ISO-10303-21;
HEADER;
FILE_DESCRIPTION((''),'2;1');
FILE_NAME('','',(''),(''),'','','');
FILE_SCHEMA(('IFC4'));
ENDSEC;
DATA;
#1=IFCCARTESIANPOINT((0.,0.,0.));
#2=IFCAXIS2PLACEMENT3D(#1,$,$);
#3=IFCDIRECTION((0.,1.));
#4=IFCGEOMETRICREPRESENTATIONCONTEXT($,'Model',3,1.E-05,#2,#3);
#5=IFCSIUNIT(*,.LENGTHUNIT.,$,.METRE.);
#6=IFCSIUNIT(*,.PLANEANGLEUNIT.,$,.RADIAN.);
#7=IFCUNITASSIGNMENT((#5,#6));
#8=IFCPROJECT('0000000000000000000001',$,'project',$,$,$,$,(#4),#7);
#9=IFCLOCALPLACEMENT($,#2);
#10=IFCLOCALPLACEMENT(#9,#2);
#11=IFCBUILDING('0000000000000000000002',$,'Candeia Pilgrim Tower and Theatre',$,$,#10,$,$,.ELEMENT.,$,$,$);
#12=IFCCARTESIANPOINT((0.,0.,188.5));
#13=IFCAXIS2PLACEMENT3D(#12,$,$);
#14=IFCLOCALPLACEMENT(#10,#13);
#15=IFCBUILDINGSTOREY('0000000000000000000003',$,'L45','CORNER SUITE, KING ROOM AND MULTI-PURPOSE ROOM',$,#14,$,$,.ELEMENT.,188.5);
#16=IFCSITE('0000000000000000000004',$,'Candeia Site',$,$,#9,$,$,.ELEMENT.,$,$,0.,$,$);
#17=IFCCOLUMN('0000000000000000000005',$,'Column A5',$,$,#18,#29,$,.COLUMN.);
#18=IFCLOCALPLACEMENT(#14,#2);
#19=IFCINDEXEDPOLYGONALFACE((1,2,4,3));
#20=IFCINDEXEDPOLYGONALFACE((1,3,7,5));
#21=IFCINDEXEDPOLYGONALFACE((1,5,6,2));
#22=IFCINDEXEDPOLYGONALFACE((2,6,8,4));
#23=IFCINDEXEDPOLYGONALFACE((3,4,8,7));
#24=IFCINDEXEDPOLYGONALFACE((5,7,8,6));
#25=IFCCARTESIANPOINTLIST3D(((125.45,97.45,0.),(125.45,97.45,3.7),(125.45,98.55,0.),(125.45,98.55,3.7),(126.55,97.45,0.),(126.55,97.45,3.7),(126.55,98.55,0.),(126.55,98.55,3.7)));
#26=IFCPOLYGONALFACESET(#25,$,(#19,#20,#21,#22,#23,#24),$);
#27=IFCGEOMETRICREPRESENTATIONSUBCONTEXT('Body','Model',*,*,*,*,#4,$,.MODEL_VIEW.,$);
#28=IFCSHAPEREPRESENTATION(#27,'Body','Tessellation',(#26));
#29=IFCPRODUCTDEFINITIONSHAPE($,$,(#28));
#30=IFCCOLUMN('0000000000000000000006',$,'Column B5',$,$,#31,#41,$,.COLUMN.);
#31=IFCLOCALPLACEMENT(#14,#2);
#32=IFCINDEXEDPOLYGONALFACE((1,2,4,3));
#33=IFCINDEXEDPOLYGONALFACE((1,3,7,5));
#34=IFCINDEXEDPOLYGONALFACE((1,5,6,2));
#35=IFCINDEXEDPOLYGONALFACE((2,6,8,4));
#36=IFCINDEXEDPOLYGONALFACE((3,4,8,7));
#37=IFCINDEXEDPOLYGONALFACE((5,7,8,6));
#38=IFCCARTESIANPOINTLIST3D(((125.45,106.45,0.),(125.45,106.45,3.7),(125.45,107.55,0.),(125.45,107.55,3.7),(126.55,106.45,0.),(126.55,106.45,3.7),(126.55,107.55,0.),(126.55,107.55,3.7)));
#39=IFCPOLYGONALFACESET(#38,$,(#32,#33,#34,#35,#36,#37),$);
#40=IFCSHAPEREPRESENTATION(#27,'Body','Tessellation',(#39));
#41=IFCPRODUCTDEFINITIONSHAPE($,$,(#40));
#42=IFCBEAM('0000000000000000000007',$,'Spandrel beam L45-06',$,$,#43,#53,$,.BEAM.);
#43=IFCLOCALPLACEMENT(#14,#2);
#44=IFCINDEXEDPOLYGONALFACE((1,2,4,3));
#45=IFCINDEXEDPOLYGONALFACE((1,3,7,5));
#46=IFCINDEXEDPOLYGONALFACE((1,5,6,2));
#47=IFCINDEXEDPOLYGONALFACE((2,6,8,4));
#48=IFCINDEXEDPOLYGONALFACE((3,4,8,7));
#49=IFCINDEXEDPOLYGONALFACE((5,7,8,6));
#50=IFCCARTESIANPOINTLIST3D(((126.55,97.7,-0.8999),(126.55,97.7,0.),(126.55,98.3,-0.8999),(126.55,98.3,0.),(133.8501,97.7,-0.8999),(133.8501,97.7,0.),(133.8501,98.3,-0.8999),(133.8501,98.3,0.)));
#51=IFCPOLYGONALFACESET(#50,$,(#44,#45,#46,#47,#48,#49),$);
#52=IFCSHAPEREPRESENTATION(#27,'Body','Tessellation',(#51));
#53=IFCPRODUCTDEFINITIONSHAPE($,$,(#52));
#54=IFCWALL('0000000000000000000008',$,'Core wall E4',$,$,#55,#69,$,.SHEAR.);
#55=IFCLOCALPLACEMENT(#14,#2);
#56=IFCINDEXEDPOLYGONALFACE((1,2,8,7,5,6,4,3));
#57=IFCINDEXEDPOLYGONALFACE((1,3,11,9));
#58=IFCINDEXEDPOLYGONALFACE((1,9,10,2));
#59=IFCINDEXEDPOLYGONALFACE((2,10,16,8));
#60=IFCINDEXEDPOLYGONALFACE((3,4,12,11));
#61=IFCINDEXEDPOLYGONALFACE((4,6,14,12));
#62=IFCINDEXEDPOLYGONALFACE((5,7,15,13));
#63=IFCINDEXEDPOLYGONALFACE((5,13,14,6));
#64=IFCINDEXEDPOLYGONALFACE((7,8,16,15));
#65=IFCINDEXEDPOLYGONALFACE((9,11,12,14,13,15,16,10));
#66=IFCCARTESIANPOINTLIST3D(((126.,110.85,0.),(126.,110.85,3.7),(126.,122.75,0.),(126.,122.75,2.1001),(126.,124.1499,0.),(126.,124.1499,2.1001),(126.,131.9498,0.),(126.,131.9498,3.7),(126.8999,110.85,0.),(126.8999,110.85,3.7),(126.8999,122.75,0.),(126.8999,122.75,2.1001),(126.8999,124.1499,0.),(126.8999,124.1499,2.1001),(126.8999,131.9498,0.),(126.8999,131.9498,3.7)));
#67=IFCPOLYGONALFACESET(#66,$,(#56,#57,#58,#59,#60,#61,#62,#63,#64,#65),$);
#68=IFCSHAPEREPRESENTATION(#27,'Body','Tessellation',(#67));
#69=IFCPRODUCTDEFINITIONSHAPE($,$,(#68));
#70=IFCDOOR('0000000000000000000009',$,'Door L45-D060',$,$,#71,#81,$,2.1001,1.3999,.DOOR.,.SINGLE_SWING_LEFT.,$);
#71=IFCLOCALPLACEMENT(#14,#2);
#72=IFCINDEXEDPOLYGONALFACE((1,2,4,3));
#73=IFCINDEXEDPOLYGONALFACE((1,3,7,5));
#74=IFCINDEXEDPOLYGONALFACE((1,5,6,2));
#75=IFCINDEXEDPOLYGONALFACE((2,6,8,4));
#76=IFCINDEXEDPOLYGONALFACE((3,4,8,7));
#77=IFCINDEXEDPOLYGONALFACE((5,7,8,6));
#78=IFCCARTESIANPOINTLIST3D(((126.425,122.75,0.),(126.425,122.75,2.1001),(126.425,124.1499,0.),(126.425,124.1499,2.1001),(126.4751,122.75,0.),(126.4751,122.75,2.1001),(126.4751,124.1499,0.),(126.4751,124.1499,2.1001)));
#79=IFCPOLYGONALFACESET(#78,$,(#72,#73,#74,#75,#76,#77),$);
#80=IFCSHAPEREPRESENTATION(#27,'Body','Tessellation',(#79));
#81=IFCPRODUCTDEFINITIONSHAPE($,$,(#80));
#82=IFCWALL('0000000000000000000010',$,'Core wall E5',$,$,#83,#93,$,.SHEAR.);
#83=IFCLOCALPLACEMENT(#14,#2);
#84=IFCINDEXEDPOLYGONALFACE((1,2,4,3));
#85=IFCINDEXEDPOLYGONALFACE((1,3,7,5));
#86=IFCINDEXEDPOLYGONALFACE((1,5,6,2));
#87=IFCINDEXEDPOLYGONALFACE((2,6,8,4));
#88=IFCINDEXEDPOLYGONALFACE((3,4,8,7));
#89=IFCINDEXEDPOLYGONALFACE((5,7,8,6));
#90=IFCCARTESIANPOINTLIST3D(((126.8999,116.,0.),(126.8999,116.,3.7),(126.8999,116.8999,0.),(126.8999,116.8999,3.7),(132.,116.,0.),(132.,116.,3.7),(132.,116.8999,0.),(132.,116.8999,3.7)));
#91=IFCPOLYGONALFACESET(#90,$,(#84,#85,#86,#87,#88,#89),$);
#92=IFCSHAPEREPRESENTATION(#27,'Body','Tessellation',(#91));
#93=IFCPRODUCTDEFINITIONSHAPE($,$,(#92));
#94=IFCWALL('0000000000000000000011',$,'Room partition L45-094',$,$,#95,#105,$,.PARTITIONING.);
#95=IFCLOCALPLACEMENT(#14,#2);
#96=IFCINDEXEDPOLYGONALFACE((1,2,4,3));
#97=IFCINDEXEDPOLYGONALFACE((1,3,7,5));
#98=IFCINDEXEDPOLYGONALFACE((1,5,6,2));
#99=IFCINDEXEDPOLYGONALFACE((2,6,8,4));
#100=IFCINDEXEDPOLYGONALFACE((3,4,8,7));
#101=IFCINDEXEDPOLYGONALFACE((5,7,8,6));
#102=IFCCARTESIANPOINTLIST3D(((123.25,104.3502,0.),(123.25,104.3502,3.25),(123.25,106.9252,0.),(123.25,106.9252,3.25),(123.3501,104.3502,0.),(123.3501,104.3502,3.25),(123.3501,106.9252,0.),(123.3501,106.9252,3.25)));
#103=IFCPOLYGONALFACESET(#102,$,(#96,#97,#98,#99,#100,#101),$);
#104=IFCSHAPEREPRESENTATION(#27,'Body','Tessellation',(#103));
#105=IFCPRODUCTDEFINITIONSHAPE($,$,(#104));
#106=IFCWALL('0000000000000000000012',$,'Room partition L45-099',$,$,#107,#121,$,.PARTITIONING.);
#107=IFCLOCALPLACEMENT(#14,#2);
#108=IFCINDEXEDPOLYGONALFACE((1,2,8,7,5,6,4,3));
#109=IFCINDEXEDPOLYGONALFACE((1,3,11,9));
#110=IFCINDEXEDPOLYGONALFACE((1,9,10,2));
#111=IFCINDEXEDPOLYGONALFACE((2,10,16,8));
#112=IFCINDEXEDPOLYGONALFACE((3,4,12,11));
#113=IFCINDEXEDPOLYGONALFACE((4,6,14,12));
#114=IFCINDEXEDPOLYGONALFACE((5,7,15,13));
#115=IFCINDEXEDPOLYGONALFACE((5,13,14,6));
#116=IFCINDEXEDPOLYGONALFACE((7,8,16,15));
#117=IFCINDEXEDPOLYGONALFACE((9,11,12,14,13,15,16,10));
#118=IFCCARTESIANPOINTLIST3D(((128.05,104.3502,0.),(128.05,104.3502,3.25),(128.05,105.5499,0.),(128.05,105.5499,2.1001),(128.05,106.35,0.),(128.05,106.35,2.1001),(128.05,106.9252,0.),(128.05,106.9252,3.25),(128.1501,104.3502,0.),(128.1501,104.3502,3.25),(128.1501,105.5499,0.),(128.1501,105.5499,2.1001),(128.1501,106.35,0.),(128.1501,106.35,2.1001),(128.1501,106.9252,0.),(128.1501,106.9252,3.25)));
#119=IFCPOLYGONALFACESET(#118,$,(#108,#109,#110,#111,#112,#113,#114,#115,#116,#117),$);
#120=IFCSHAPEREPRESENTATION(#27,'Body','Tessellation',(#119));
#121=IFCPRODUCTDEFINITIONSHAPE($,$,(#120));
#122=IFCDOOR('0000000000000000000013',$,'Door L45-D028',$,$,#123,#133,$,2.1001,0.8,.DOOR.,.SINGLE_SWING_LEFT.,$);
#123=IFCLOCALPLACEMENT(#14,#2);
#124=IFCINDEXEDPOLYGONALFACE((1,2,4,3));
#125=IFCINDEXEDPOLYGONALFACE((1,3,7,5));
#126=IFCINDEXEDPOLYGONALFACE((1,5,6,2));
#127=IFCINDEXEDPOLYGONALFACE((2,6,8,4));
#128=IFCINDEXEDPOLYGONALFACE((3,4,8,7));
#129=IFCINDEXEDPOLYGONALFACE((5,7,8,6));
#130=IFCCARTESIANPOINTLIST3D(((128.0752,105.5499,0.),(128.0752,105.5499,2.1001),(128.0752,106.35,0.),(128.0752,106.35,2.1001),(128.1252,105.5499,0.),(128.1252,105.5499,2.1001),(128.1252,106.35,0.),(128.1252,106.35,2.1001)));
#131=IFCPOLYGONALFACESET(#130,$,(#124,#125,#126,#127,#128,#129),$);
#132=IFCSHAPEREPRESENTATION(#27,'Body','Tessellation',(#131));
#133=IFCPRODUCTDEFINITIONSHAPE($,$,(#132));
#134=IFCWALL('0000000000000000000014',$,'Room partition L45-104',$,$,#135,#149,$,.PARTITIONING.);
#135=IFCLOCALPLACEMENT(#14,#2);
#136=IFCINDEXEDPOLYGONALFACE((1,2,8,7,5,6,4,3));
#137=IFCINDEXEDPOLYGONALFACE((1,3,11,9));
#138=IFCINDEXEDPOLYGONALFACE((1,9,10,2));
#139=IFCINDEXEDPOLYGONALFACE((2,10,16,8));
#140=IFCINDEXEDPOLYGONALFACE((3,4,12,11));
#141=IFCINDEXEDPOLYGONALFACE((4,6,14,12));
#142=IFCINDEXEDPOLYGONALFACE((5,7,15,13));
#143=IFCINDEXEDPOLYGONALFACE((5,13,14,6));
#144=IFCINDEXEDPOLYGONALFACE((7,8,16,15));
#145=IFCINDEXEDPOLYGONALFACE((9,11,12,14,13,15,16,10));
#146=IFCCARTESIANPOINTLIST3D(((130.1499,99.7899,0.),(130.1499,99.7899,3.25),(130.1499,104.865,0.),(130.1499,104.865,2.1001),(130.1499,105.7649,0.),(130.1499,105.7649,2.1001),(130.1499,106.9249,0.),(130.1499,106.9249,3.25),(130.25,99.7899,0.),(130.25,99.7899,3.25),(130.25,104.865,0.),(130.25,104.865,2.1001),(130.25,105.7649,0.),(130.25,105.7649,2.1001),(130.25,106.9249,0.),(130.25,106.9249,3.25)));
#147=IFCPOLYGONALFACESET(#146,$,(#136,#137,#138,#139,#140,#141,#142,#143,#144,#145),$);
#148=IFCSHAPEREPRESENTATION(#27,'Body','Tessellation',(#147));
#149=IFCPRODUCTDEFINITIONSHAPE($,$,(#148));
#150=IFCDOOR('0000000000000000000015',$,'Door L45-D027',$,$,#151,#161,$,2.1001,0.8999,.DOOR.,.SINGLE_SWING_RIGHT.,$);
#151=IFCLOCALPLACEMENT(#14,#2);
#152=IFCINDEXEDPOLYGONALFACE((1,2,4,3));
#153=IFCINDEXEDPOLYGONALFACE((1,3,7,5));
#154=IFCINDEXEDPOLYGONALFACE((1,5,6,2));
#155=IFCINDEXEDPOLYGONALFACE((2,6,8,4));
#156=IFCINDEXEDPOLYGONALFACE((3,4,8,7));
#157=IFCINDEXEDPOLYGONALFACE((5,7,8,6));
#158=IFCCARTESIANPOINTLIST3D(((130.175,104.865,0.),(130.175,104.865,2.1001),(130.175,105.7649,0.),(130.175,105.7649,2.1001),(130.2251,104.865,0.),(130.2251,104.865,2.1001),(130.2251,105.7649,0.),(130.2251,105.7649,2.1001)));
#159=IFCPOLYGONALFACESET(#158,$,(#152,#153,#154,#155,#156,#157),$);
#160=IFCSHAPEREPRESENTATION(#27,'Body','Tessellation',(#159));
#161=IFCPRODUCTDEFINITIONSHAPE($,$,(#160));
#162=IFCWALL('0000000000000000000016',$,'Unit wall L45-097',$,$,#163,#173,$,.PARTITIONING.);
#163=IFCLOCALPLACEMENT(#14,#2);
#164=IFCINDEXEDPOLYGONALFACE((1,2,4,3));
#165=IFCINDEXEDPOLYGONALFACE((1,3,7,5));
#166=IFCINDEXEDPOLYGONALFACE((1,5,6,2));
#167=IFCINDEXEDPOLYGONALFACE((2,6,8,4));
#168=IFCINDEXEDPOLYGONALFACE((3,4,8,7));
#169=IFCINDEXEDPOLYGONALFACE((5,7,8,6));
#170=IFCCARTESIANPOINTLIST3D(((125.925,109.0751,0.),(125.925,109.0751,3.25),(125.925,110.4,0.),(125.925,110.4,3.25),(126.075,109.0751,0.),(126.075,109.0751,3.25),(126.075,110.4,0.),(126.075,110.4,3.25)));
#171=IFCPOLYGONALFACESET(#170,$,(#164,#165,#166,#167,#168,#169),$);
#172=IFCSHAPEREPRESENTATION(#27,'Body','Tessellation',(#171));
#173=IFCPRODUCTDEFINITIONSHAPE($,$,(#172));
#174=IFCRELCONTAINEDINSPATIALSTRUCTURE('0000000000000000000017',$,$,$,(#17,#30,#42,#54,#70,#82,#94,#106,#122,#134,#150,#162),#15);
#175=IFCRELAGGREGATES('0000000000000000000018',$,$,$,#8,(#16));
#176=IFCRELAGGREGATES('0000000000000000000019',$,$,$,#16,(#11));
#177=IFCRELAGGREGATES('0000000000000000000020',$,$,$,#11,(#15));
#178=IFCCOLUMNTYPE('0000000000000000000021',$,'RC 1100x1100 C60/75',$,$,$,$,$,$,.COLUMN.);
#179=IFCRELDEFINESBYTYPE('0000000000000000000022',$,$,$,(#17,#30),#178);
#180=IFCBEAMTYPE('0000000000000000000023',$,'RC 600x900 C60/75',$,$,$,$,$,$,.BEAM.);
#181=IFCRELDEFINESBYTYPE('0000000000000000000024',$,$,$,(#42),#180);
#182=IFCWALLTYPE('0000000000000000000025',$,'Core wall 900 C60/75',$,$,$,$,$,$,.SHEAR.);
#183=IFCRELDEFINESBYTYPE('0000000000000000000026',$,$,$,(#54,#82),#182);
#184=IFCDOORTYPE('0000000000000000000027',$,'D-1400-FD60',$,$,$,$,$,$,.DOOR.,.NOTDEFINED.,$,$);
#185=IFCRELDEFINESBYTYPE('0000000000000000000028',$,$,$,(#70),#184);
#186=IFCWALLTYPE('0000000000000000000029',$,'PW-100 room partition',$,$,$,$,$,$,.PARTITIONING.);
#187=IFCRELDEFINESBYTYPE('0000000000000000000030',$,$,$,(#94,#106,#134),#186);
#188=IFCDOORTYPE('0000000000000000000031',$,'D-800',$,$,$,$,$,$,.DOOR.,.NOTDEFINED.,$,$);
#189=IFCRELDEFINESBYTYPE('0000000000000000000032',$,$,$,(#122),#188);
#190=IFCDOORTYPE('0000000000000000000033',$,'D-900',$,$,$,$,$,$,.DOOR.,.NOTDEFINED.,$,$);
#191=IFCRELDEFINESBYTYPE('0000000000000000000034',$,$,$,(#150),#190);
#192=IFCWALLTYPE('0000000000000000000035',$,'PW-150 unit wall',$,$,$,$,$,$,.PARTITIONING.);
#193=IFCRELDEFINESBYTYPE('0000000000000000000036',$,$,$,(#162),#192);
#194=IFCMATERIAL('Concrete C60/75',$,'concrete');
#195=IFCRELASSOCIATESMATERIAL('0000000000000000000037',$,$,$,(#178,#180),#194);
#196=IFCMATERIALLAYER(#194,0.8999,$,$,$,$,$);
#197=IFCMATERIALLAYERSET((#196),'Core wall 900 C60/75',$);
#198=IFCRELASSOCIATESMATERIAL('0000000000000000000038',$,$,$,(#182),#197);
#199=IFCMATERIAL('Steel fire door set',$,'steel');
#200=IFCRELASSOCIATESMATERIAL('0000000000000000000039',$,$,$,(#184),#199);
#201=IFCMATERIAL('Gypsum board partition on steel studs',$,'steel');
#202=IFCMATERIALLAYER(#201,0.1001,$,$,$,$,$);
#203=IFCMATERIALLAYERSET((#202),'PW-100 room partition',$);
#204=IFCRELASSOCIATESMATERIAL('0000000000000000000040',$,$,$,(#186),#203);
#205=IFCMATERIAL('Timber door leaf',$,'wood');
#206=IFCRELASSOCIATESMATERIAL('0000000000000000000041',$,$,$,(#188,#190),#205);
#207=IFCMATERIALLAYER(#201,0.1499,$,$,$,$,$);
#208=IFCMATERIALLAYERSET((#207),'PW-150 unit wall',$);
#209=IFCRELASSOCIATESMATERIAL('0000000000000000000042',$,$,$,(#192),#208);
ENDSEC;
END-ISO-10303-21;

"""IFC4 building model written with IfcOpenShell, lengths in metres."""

from ifc_helpers import new_model, si_unit, direction, frame, frame_2d, origin, origin_2d, place, context, subcontext, project, spatial, rectangle, extrude, material, layer, layer_set, material_profile, profile_set, type_object, element, fill, save


model = new_model("IFC4")

# Units and contexts
model_context = context("Model", 3, precision=1e-05, world=origin(), true_north=direction((0.0, 1.0)))
body_context = subcontext(model_context, "Body", "Model", "MODEL_VIEW")
ifc_project = project(units=[si_unit("LENGTHUNIT", "METRE"), si_unit("PLANEANGLEUNIT", "RADIAN")], contexts=[model_context])

# Site, building, storey
site_placement = place(None, origin())
site = spatial("IfcSite", under=ifc_project, at=site_placement, Name="Candeia Site", CompositionType="ELEMENT", RefElevation=0.0)
building_placement = place(site_placement, origin())
building = spatial("IfcBuilding", under=site, at=building_placement, Name="Candeia Pilgrim Tower and Theatre", CompositionType="ELEMENT")
storey_placement = place(building_placement, frame((0.0, 0.0, 188.5)))
storey = spatial("IfcBuildingStorey", under=building, at=storey_placement, Name="L45", Description="CORNER SUITE, KING ROOM AND MULTI-PURPOSE ROOM", CompositionType="ELEMENT", Elevation=188.5)

# Columns
ifc_material_1 = material(Name="Concrete C60/75", Category="concrete")
ifc_material_profile_1 = material_profile(ifc_material_1, rectangle(XDim=1.1001, YDim=1.1001, at=origin_2d()))
ifc_profile_set_1 = profile_set([ifc_material_profile_1], Name="Concrete C60/75")
column_type = type_object("IfcColumnType", Name="RC 1100x1100 C60/75", PredefinedType="COLUMN", material=ifc_profile_set_1)
for number, where, z_axis, x_axis, name in (
    (1, (126.0, 98.0, 0.0), (0.0, 0.0, 1.0), (1.0, 0.0, 0.0), "Column A5"),
    (2, (126.0, 107.0, 0.0), (0.0, 0.0, 1.0), (1.0, 0.0, 0.0), "Column B5"),
):
    element("IfcColumn", number, at=place(storey_placement, frame(where, z_axis=z_axis, x_axis=x_axis)), inside=storey, type_object=column_type, Name=name, PredefinedType="COLUMN", context=body_context, shape_type="SweptSolid", body=[
        extrude(rectangle(XDim=1.1001, YDim=1.1001, at=origin_2d()), origin(), (0.0, 0.0, 1.0), 3.7),
    ])

# Beam
ifc_material_profile_2 = material_profile(ifc_material_1, rectangle(XDim=0.6001, YDim=0.8999, at=origin_2d()))
ifc_profile_set_2 = profile_set([ifc_material_profile_2], Name="Concrete C60/75")
beam_type = type_object("IfcBeamType", Name="RC 600x900 C60/75", PredefinedType="BEAM", material=ifc_profile_set_2)
beam_placement = place(storey_placement, frame((126.55, 98.0, -0.45), z_axis=(1.0, 0.0, 0.0), x_axis=(0.0, 1.0, 0.0)))
element("IfcBeam", 3, at=beam_placement, inside=storey, type_object=beam_type, Name="Spandrel beam L45-06", PredefinedType="BEAM", context=body_context, shape_type="SweptSolid", body=[
    extrude(rectangle(XDim=0.6001, YDim=0.8999, at=origin_2d()), origin(), (0.0, 0.0, 1.0), 7.3),
])

# Wall, opening, door
ifc_layer_1 = layer(ifc_material_1, 0.8999)
ifc_layer_set_1 = layer_set([ifc_layer_1], Name="Core wall 900 C60/75")
wall_type_1 = type_object("IfcWallType", Name="Core wall 900 C60/75", PredefinedType="SHEAR", material=ifc_layer_set_1)
wall_1_placement = place(storey_placement, frame((126.45, 110.8501, 0.0), z_axis=(0.0, 0.0, 1.0), x_axis=(0.0, 1.0, 0.0)))
wall_1 = element("IfcWall", 4, at=wall_1_placement, inside=storey, type_object=wall_type_1, Name="Core wall E4", PredefinedType="SHEAR", context=body_context, shape_type="SweptSolid", body=[
    extrude(rectangle(XDim=21.0999, YDim=0.8999, at=frame_2d((10.5498, 0.0))), origin(), (0.0, 0.0, 1.0), 3.7),
])
opening_1_placement = place(wall_1_placement, frame((11.8999, 0.0, 0.0)))
opening_1 = element("IfcOpeningElement", 5, at=opening_1_placement, cuts=wall_1, PredefinedType="OPENING", context=body_context, shape_type="SweptSolid", body=[
    extrude(rectangle(XDim=1.3999, YDim=2.1001, at=frame_2d((0.7, 1.05))), frame((0.0, 0.46, 0.0), z_axis=(0.0, -1.0, 0.0), x_axis=(1.0, 0.0, 0.0)), (0.0, 0.0, 1.0), 0.9199),
])
ifc_material_2 = material(Name="Steel fire door set", Category="steel")
door_type_1 = type_object("IfcDoorType", Name="D-1400-FD60", OperationType="NOTDEFINED", PredefinedType="DOOR", material=ifc_material_2)
door_1_placement = place(opening_1_placement, origin())
door_1 = element("IfcDoor", 6, at=door_1_placement, inside=storey, type_object=door_type_1, Name="Door L45-D060", OperationType="SINGLE_SWING_LEFT", OverallHeight=2.1001, OverallWidth=1.3999, PredefinedType="DOOR", context=body_context, shape_type="SweptSolid", body=[
    extrude(rectangle(XDim=1.3999, YDim=2.1001, at=frame_2d((0.7, 1.05))), frame((0.0, 0.0249, 0.0), z_axis=(0.0, -1.0, 0.0), x_axis=(1.0, 0.0, 0.0)), (0.0, 0.0, 1.0), 0.05),
])
fill(opening_1, door_1)

# Walls
wall_2_placement = place(storey_placement, frame((126.8999, 116.45, 0.0), z_axis=(0.0, 0.0, 1.0), x_axis=(1.0, 0.0, 0.0)))
element("IfcWall", 7, at=wall_2_placement, inside=storey, type_object=wall_type_1, Name="Core wall E5", PredefinedType="SHEAR", context=body_context, shape_type="SweptSolid", body=[
    extrude(rectangle(XDim=5.1001, YDim=0.8999, at=frame_2d((2.55, 0.0))), origin(), (0.0, 0.0, 1.0), 3.7),
])
ifc_material_3 = material(Name="Gypsum board partition on steel studs", Category="steel")
ifc_layer_2 = layer(ifc_material_3, 0.1001)
ifc_layer_set_2 = layer_set([ifc_layer_2], Name="PW-100 room partition")
wall_type_2 = type_object("IfcWallType", Name="PW-100 room partition", PredefinedType="PARTITIONING", material=ifc_layer_set_2)
wall_3_placement = place(storey_placement, frame((123.3, 104.3501, 0.0), z_axis=(0.0, 0.0, 1.0), x_axis=(0.0, 1.0, 0.0)))
element("IfcWall", 8, at=wall_3_placement, inside=storey, type_object=wall_type_2, Name="Room partition L45-094", PredefinedType="PARTITIONING", context=body_context, shape_type="SweptSolid", body=[
    extrude(rectangle(XDim=2.575, YDim=0.1001, at=frame_2d((1.2876, 0.0))), origin(), (0.0, 0.0, 1.0), 3.25),
])

# Walls, openings, doors
wall_4_placement = place(storey_placement, frame((128.1001, 104.3501, 0.0), z_axis=(0.0, 0.0, 1.0), x_axis=(0.0, 1.0, 0.0)))
wall_4 = element("IfcWall", 9, at=wall_4_placement, inside=storey, type_object=wall_type_2, Name="Room partition L45-099", PredefinedType="PARTITIONING", context=body_context, shape_type="SweptSolid", body=[
    extrude(rectangle(XDim=2.575, YDim=0.1001, at=frame_2d((1.2876, 0.0))), origin(), (0.0, 0.0, 1.0), 3.25),
])
opening_2_placement = place(wall_4_placement, frame((1.2, 0.0, 0.0)))
opening_2 = element("IfcOpeningElement", 10, at=opening_2_placement, cuts=wall_4, PredefinedType="OPENING", context=body_context, shape_type="SweptSolid", body=[
    extrude(rectangle(XDim=0.8, YDim=2.1001, at=frame_2d((0.3999, 1.05))), frame((0.0, 0.0601, 0.0), z_axis=(0.0, -1.0, 0.0), x_axis=(1.0, 0.0, 0.0)), (0.0, 0.0, 1.0), 0.1201),
])
ifc_material_4 = material(Name="Timber door leaf", Category="wood")
door_type_2 = type_object("IfcDoorType", Name="D-800", OperationType="NOTDEFINED", PredefinedType="DOOR", material=ifc_material_4)
door_2_placement = place(opening_2_placement, origin())
door_2 = element("IfcDoor", 11, at=door_2_placement, inside=storey, type_object=door_type_2, Name="Door L45-D028", OperationType="SINGLE_SWING_LEFT", OverallHeight=2.1001, OverallWidth=0.8, PredefinedType="DOOR", context=body_context, shape_type="SweptSolid", body=[
    extrude(rectangle(XDim=0.8, YDim=2.1001, at=frame_2d((0.3999, 1.05))), frame((0.0, 0.0249, 0.0), z_axis=(0.0, -1.0, 0.0), x_axis=(1.0, 0.0, 0.0)), (0.0, 0.0, 1.0), 0.05),
])
fill(opening_2, door_2)
wall_5_placement = place(storey_placement, frame((130.2, 99.79, 0.0), z_axis=(0.0, 0.0, 1.0), x_axis=(0.0, 1.0, 0.0)))
wall_5 = element("IfcWall", 12, at=wall_5_placement, inside=storey, type_object=wall_type_2, Name="Room partition L45-104", PredefinedType="PARTITIONING", context=body_context, shape_type="SweptSolid", body=[
    extrude(rectangle(XDim=7.135, YDim=0.1001, at=frame_2d((3.5674, 0.0))), origin(), (0.0, 0.0, 1.0), 3.25),
])
opening_3_placement = place(wall_5_placement, frame((5.075, 0.0, 0.0)))
opening_3 = element("IfcOpeningElement", 13, at=opening_3_placement, cuts=wall_5, PredefinedType="OPENING", context=body_context, shape_type="SweptSolid", body=[
    extrude(rectangle(XDim=0.8999, YDim=2.1001, at=frame_2d((0.45, 1.05))), frame((0.0, 0.0601, 0.0), z_axis=(0.0, -1.0, 0.0), x_axis=(1.0, 0.0, 0.0)), (0.0, 0.0, 1.0), 0.1201),
])
door_type_3 = type_object("IfcDoorType", Name="D-900", OperationType="NOTDEFINED", PredefinedType="DOOR", material=ifc_material_4)
door_3_placement = place(opening_3_placement, origin())
door_3 = element("IfcDoor", 14, at=door_3_placement, inside=storey, type_object=door_type_3, Name="Door L45-D027", OperationType="SINGLE_SWING_RIGHT", OverallHeight=2.1001, OverallWidth=0.8999, PredefinedType="DOOR", context=body_context, shape_type="SweptSolid", body=[
    extrude(rectangle(XDim=0.8999, YDim=2.1001, at=frame_2d((0.45, 1.05))), frame((0.0, 0.0249, 0.0), z_axis=(0.0, -1.0, 0.0), x_axis=(1.0, 0.0, 0.0)), (0.0, 0.0, 1.0), 0.05),
])
fill(opening_3, door_3)

# Wall
ifc_layer_3 = layer(ifc_material_3, 0.1499)
ifc_layer_set_3 = layer_set([ifc_layer_3], Name="PW-150 unit wall")
wall_type_3 = type_object("IfcWallType", Name="PW-150 unit wall", PredefinedType="PARTITIONING", material=ifc_layer_set_3)
wall_6_placement = place(storey_placement, frame((126.0, 109.075, 0.0), z_axis=(0.0, 0.0, 1.0), x_axis=(0.0, 1.0, 0.0)))
element("IfcWall", 15, at=wall_6_placement, inside=storey, type_object=wall_type_3, Name="Unit wall L45-097", PredefinedType="PARTITIONING", context=body_context, shape_type="SweptSolid", body=[
    extrude(rectangle(XDim=1.325, YDim=0.1499, at=frame_2d((0.6626, 0.0))), origin(), (0.0, 0.0, 1.0), 3.25),
])

save(model, "model.ifc")
